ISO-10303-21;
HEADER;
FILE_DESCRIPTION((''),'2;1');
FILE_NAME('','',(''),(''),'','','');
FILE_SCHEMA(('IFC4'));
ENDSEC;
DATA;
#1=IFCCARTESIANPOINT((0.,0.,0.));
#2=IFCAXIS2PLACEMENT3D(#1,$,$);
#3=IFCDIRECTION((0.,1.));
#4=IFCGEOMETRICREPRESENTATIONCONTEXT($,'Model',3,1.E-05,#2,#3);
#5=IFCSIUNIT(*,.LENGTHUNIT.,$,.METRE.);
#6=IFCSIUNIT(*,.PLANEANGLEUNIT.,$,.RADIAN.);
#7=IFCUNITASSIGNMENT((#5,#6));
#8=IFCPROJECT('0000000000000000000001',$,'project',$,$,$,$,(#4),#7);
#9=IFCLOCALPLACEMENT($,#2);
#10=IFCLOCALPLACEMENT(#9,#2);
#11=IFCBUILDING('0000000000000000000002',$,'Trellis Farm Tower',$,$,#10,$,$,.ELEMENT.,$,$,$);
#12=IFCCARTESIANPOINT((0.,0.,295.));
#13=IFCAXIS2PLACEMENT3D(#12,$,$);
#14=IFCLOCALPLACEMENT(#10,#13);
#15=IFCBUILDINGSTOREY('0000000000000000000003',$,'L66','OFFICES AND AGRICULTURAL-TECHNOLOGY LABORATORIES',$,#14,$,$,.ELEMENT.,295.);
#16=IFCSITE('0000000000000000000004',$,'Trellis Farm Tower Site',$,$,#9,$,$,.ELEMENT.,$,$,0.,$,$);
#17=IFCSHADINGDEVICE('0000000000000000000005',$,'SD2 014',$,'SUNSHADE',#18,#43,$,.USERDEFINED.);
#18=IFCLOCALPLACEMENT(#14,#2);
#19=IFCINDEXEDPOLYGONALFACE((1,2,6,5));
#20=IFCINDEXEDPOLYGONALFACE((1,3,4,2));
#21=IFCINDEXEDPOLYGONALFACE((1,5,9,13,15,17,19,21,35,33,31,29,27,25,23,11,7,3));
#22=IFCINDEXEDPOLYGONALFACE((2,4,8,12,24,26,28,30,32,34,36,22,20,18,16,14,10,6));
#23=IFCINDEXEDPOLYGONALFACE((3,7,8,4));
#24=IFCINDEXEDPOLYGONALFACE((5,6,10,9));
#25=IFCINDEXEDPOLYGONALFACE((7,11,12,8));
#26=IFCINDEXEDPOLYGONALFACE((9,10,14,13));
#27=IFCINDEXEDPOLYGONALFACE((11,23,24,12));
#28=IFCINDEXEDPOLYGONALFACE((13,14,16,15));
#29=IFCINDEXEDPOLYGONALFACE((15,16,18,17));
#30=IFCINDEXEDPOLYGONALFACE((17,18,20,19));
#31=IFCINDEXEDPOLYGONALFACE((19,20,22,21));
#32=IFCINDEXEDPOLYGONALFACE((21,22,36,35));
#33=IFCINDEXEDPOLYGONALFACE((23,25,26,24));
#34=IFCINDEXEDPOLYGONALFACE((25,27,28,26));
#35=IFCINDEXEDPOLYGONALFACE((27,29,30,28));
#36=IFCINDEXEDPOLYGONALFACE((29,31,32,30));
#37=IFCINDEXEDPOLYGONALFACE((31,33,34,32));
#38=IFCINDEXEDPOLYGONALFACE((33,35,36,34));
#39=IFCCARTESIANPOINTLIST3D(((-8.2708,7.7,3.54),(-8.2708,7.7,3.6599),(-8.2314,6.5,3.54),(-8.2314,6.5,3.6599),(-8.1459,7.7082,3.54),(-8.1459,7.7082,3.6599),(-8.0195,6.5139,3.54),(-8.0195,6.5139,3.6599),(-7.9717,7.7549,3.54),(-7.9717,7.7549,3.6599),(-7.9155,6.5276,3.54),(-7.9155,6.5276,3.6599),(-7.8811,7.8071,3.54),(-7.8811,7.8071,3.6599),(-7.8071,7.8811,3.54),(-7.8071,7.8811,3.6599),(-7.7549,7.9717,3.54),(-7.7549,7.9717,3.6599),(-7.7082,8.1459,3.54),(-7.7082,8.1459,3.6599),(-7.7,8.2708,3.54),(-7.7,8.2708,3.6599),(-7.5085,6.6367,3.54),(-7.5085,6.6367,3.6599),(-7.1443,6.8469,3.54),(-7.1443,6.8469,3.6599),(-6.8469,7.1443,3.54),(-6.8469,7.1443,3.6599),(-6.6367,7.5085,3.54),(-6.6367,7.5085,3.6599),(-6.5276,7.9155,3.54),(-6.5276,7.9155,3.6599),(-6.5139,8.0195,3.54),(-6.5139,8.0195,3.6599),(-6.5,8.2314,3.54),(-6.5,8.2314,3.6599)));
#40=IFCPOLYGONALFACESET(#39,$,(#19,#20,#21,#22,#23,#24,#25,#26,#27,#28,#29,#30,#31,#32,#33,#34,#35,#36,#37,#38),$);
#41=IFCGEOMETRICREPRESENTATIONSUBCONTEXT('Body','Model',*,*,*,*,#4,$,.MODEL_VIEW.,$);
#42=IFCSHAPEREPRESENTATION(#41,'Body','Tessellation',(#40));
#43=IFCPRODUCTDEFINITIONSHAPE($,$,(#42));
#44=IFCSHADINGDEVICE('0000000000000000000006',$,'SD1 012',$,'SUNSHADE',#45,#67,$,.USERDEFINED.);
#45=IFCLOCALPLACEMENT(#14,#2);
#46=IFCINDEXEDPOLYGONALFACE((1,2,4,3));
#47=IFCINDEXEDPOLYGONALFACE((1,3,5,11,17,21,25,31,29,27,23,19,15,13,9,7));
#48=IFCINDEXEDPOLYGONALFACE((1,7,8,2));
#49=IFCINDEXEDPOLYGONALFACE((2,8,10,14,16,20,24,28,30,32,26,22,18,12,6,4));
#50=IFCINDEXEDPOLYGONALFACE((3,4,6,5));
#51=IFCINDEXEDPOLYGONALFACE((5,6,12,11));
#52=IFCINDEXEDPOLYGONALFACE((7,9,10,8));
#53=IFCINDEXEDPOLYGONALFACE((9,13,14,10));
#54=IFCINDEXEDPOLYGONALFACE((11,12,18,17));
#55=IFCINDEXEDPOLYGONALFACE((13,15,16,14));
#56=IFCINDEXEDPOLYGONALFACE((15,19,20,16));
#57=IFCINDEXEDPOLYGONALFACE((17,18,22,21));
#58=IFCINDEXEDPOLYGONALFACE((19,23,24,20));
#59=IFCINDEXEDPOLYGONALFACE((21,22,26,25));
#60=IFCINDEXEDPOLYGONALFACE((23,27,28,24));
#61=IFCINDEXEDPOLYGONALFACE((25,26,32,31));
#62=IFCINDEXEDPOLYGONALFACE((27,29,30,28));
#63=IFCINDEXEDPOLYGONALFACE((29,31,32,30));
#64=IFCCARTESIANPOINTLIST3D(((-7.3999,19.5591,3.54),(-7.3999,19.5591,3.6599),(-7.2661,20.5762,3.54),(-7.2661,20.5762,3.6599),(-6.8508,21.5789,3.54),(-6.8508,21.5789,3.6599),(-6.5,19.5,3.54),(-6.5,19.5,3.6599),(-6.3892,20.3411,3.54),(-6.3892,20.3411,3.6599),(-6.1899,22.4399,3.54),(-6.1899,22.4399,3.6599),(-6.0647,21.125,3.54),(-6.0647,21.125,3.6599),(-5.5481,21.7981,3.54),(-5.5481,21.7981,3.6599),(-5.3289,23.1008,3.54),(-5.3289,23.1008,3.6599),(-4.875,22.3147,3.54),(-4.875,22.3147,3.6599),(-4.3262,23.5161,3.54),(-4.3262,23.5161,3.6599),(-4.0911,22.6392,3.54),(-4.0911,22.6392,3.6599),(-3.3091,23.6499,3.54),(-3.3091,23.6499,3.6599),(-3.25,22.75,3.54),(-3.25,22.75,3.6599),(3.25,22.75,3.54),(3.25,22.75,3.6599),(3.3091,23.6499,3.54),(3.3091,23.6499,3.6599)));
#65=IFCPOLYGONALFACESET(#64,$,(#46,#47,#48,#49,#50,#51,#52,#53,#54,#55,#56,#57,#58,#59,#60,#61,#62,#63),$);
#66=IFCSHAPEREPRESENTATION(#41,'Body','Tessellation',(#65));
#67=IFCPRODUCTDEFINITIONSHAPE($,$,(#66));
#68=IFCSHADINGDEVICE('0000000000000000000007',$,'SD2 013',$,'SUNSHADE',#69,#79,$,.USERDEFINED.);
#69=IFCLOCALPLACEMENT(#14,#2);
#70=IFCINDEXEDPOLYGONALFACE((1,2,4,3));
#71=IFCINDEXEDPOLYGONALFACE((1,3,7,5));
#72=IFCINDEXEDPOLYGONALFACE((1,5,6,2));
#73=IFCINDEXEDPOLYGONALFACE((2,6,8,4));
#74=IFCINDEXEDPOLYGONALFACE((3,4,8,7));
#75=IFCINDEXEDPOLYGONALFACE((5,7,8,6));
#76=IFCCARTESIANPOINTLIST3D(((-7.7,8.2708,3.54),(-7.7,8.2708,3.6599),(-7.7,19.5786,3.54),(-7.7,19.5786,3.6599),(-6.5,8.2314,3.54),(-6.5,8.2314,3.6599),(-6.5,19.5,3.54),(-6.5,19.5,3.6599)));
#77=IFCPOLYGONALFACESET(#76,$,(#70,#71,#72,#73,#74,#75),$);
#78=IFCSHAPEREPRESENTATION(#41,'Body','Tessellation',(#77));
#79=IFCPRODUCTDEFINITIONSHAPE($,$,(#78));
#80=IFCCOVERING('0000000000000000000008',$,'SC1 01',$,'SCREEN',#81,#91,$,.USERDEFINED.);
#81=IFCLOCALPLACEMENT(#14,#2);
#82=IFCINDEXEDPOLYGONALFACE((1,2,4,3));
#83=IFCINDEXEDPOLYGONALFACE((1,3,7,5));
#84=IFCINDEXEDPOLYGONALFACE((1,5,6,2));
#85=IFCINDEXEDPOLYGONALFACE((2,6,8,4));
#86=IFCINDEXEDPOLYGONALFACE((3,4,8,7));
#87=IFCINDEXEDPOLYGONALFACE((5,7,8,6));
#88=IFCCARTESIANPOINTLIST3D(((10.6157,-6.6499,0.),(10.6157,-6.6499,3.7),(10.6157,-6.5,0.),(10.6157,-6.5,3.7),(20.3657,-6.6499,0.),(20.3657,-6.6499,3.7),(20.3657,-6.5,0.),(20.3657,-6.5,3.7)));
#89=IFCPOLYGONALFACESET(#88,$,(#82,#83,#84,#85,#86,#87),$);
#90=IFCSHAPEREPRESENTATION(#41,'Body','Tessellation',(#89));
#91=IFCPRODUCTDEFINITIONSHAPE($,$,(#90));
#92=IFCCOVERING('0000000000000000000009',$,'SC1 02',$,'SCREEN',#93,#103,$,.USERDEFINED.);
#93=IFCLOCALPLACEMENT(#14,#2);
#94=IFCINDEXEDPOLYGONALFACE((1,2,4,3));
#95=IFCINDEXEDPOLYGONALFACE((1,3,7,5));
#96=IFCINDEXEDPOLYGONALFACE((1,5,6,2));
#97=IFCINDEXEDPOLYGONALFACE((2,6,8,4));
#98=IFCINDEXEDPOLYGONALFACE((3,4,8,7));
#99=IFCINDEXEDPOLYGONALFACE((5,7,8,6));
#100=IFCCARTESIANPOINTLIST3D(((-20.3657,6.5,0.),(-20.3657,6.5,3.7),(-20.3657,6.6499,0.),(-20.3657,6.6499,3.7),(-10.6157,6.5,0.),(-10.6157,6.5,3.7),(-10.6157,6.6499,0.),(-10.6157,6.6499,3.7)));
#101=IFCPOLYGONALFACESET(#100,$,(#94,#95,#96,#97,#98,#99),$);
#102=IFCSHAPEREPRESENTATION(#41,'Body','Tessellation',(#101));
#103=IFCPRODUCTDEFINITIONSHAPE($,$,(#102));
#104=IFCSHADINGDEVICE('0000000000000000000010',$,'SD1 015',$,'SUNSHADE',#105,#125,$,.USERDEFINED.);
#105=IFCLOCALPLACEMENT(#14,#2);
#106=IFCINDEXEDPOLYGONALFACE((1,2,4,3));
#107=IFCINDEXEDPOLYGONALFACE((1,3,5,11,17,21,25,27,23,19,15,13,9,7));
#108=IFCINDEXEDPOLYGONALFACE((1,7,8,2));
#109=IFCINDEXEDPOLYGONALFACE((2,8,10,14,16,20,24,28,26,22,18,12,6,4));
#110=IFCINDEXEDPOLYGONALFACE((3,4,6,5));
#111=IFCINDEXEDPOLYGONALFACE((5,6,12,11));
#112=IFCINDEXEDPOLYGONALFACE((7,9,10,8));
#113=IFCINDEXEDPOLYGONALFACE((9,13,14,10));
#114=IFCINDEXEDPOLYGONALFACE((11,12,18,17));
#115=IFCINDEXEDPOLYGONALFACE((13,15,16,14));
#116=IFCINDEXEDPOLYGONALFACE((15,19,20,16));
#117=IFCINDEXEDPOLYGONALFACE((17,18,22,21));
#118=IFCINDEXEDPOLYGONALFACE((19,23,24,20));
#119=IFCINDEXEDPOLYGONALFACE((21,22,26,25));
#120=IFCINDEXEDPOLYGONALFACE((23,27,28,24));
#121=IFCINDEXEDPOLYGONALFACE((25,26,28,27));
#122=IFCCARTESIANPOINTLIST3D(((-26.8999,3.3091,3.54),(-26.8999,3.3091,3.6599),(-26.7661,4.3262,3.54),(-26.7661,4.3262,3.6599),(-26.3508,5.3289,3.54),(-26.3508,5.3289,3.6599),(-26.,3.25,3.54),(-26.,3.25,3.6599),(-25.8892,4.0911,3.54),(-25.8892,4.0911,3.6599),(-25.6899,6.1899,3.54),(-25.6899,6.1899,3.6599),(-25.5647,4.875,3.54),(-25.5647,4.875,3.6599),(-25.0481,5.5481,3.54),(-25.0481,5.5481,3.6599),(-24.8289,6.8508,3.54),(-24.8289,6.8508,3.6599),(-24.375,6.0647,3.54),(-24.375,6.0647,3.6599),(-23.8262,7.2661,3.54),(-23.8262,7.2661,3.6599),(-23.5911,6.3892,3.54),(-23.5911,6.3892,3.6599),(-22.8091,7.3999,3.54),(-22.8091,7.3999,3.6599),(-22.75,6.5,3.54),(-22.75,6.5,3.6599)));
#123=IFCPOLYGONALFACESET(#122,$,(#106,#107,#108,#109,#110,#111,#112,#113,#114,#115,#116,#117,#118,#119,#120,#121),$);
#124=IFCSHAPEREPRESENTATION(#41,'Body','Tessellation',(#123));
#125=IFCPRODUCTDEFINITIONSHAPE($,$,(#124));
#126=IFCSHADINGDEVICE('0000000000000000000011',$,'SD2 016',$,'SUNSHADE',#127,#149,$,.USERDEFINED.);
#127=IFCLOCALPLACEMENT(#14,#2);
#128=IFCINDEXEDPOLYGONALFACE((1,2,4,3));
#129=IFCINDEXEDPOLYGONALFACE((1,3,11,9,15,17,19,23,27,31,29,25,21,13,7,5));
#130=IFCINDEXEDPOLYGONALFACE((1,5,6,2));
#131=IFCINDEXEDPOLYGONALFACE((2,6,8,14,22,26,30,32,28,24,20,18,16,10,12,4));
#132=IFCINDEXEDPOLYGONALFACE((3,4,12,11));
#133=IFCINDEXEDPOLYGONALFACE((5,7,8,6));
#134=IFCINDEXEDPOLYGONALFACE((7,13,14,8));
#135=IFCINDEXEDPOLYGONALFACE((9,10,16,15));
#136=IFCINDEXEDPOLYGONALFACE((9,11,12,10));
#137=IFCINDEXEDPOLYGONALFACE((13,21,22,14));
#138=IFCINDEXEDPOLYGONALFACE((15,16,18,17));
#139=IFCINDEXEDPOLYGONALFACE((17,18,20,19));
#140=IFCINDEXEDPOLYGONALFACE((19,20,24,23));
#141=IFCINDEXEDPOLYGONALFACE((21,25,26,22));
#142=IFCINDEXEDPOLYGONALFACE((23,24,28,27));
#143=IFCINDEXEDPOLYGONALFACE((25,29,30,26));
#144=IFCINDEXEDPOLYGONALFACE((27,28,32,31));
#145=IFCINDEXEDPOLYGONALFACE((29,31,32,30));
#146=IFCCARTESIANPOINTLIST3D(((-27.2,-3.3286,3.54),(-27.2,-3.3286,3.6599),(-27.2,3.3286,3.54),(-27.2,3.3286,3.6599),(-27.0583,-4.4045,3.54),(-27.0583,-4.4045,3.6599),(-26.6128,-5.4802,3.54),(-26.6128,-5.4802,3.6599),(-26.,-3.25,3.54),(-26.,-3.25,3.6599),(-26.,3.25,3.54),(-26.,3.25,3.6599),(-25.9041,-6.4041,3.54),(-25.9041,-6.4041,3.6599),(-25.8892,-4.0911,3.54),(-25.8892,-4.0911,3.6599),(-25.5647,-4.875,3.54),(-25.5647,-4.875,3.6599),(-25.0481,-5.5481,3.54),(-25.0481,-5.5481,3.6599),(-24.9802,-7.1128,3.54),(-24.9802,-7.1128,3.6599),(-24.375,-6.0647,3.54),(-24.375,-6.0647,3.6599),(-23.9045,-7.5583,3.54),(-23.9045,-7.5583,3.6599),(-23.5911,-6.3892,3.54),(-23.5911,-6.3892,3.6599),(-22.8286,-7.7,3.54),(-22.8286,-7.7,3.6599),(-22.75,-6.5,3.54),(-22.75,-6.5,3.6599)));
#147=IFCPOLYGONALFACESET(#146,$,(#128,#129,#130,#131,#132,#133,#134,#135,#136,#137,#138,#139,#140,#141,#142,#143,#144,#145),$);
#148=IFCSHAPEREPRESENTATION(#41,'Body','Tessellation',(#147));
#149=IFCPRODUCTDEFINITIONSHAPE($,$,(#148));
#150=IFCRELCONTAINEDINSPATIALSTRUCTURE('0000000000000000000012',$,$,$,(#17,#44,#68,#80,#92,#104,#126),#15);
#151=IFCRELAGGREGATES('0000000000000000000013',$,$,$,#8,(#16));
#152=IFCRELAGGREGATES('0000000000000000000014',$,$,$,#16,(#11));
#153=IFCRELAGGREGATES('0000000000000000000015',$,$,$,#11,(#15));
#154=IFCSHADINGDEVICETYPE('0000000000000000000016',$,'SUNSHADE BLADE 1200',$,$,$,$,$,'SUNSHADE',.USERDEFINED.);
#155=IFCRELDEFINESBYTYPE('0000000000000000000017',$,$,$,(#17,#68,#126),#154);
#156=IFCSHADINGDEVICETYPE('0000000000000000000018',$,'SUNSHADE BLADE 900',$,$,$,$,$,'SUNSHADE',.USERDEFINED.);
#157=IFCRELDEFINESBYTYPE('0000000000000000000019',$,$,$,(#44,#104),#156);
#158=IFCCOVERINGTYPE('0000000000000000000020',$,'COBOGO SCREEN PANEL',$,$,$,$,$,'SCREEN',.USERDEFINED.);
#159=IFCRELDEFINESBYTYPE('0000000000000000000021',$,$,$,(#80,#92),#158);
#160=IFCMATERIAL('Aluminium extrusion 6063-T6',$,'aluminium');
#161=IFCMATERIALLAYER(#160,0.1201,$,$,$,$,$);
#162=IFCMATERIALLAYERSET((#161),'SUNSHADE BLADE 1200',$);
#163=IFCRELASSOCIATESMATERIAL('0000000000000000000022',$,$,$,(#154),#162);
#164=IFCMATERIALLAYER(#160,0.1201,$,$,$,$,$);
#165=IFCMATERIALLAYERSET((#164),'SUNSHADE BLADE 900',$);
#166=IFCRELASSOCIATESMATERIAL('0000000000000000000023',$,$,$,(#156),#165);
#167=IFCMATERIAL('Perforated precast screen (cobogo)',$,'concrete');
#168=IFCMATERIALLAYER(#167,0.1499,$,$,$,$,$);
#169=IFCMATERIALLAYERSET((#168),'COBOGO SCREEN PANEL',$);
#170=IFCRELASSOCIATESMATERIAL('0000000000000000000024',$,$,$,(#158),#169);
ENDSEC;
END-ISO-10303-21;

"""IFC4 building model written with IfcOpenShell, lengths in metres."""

from ifc_helpers import new_model, si_unit, direction, frame, origin, place, context, subcontext, project, spatial, polyline, outline, extrude, source, transform, mapped, material, layer, layer_set, type_object, element, save


model = new_model("IFC4")

# Units and contexts
model_context = context("Model", 3, precision=1e-05, world=origin(), true_north=direction((0.0, 1.0)))
body_context = subcontext(model_context, "Body", "Model", "MODEL_VIEW")
ifc_project = project(units=[si_unit("LENGTHUNIT", "METRE"), si_unit("PLANEANGLEUNIT", "RADIAN")], contexts=[model_context])

# Site, building, storey
site_placement = place(None, origin())
site = spatial("IfcSite", under=ifc_project, at=site_placement, Name="Trellis Farm Tower Site", CompositionType="ELEMENT", RefElevation=0.0)
building_placement = place(site_placement, origin())
building = spatial("IfcBuilding", under=site, at=building_placement, Name="Trellis Farm Tower", CompositionType="ELEMENT")
storey_placement = place(building_placement, frame((0.0, 0.0, 295.0)))
storey = spatial("IfcBuildingStorey", under=building, at=storey_placement, Name="L66", Description="OFFICES AND AGRICULTURAL-TECHNOLOGY LABORATORIES", CompositionType="ELEMENT", Elevation=295.0)

# Shared definitions
placement_1 = place(storey_placement, origin())
ifc_material_1 = material(Name="Aluminium extrusion 6063-T6", Category="aluminium")

# Shading devices
ifc_layer_1 = layer(ifc_material_1, 0.1201)
ifc_layer_set_1 = layer_set([ifc_layer_1], Name="SUNSHADE BLADE 1200")
shading_device_type_1 = type_object("IfcShadingDeviceType", Name="SUNSHADE BLADE 1200", ElementType="SUNSHADE", PredefinedType="USERDEFINED", material=ifc_layer_set_1)
shared_shape_1 = source(origin(), body_context, "Body", "SweptSolid", [
    extrude(outline(polyline([(-7.7, 8.2708), (-7.7087, 8.1372), (-7.707, 8.1501), (-7.7549, 7.9717), (-7.8071, 7.8811), (-7.8811, 7.8071), (-7.9717, 7.7549), (-8.1501, 7.707), (-8.1372, 7.7087), (-8.2708, 7.7), (-8.2314, 6.5), (-8.0195, 6.5139), (-7.9155, 6.5276), (-7.5085, 6.6367), (-7.1443, 6.8469), (-6.8469, 7.1443), (-6.6367, 7.5085), (-6.5276, 7.9155), (-6.5139, 8.0195), (-6.5, 8.2314), (-7.7, 8.2708)])), origin(), (0.0, 0.0, 1.0), 0.1199),
])
placement_2 = place(storey_placement, frame((0.0, 0.0, 3.54)))
element("IfcShadingDevice", 1, at=placement_2, inside=storey, type_object=shading_device_type_1, Name="SD2 014", ObjectType="SUNSHADE", PredefinedType="USERDEFINED", context=body_context, shape_type="MappedRepresentation", body=[
    mapped(shared_shape_1, transform((0.0, 0.0, 0.0))),
])
ifc_layer_2 = layer(ifc_material_1, 0.1201)
ifc_layer_set_2 = layer_set([ifc_layer_2], Name="SUNSHADE BLADE 900")
shading_device_type_2 = type_object("IfcShadingDeviceType", Name="SUNSHADE BLADE 900", ElementType="SUNSHADE", PredefinedType="USERDEFINED", material=ifc_layer_set_2)
shared_shape_2 = source(origin(), body_context, "Body", "SweptSolid", [
    extrude(outline(polyline([(3.3091, 23.6499), (-3.3091, 23.6499), (-4.3262, 23.5161), (-5.3289, 23.1008), (-6.1899, 22.4399), (-6.8508, 21.5789), (-7.2661, 20.5762), (-7.3999, 19.5591), (-6.5, 19.5), (-6.3892, 20.3411), (-6.0647, 21.125), (-5.5481, 21.7981), (-4.875, 22.3147), (-4.0911, 22.6392), (-3.25, 22.75), (3.25, 22.75), (3.3091, 23.6499)])), origin(), (0.0, 0.0, 1.0), 0.1199),
])
element("IfcShadingDevice", 2, at=placement_2, inside=storey, type_object=shading_device_type_2, Name="SD1 012", ObjectType="SUNSHADE", PredefinedType="USERDEFINED", context=body_context, shape_type="MappedRepresentation", body=[
    mapped(shared_shape_2, transform((0.0, 0.0, 0.0))),
])
shared_shape_3 = source(origin(), body_context, "Body", "SweptSolid", [
    extrude(outline(polyline([(-7.7, 19.5786), (-7.7, 8.2708), (-6.5, 8.2314), (-6.5, 19.5), (-7.7, 19.5786)])), origin(), (0.0, 0.0, 1.0), 0.1199),
])
element("IfcShadingDevice", 3, at=placement_2, inside=storey, type_object=shading_device_type_1, Name="SD2 013", ObjectType="SUNSHADE", PredefinedType="USERDEFINED", context=body_context, shape_type="MappedRepresentation", body=[
    mapped(shared_shape_3, transform((0.0, 0.0, 0.0))),
])

# Coverings
ifc_material_2 = material(Name="Perforated precast screen (cobogo)", Category="concrete")
ifc_layer_3 = layer(ifc_material_2, 0.1499)
ifc_layer_set_3 = layer_set([ifc_layer_3], Name="COBOGO SCREEN PANEL")
covering_type = type_object("IfcCoveringType", Name="COBOGO SCREEN PANEL", ElementType="SCREEN", PredefinedType="USERDEFINED", material=ifc_layer_set_3)
shared_shape_4 = source(origin(), body_context, "Body", "SweptSolid", [
    extrude(outline(polyline([(10.6157, -6.6499), (20.3657, -6.6499), (20.3657, -6.5), (10.6157, -6.5), (10.6157, -6.6499)])), origin(), (0.0, 0.0, 1.0), 3.7),
])
element("IfcCovering", 4, at=placement_1, inside=storey, type_object=covering_type, Name="SC1 01", ObjectType="SCREEN", PredefinedType="USERDEFINED", context=body_context, shape_type="MappedRepresentation", body=[
    mapped(shared_shape_4, transform((0.0, 0.0, 0.0))),
])
shared_shape_5 = source(origin(), body_context, "Body", "SweptSolid", [
    extrude(outline(polyline([(-10.6157, 6.6499), (-20.3657, 6.6499), (-20.3657, 6.5), (-10.6157, 6.5), (-10.6157, 6.6499)])), origin(), (0.0, 0.0, 1.0), 3.7),
])
element("IfcCovering", 5, at=placement_1, inside=storey, type_object=covering_type, Name="SC1 02", ObjectType="SCREEN", PredefinedType="USERDEFINED", context=body_context, shape_type="MappedRepresentation", body=[
    mapped(shared_shape_5, transform((0.0, 0.0, 0.0))),
])

# Shading devices
shared_shape_6 = source(origin(), body_context, "Body", "SweptSolid", [
    extrude(outline(polyline([(-22.8091, 7.3999), (-23.8262, 7.2661), (-24.8289, 6.8508), (-25.6899, 6.1899), (-26.3508, 5.3289), (-26.7661, 4.3262), (-26.8999, 3.3091), (-26.0, 3.25), (-25.8892, 4.0911), (-25.5647, 4.875), (-25.0481, 5.5481), (-24.375, 6.0647), (-23.5911, 6.3892), (-22.75, 6.5), (-22.8091, 7.3999)])), origin(), (0.0, 0.0, 1.0), 0.1199),
])
element("IfcShadingDevice", 6, at=placement_2, inside=storey, type_object=shading_device_type_2, Name="SD1 015", ObjectType="SUNSHADE", PredefinedType="USERDEFINED", context=body_context, shape_type="MappedRepresentation", body=[
    mapped(shared_shape_6, transform((0.0, 0.0, 0.0))),
])
shared_shape_7 = source(origin(), body_context, "Body", "SweptSolid", [
    extrude(outline(polyline([(-27.2, 3.3286), (-27.2, -3.3286), (-27.0583, -4.4045), (-26.6128, -5.4802), (-25.9041, -6.4041), (-24.9802, -7.1128), (-23.9045, -7.5583), (-22.8286, -7.7), (-22.75, -6.5), (-23.5911, -6.3892), (-24.375, -6.0647), (-25.0481, -5.5481), (-25.5647, -4.875), (-25.8892, -4.0911), (-26.0, -3.25), (-26.0, 3.25), (-27.2, 3.3286)])), origin(), (0.0, 0.0, 1.0), 0.1199),
])
element("IfcShadingDevice", 7, at=placement_2, inside=storey, type_object=shading_device_type_1, Name="SD2 016", ObjectType="SUNSHADE", PredefinedType="USERDEFINED", context=body_context, shape_type="MappedRepresentation", body=[
    mapped(shared_shape_7, transform((0.0, 0.0, 0.0))),
])

save(model, "model.ifc")
